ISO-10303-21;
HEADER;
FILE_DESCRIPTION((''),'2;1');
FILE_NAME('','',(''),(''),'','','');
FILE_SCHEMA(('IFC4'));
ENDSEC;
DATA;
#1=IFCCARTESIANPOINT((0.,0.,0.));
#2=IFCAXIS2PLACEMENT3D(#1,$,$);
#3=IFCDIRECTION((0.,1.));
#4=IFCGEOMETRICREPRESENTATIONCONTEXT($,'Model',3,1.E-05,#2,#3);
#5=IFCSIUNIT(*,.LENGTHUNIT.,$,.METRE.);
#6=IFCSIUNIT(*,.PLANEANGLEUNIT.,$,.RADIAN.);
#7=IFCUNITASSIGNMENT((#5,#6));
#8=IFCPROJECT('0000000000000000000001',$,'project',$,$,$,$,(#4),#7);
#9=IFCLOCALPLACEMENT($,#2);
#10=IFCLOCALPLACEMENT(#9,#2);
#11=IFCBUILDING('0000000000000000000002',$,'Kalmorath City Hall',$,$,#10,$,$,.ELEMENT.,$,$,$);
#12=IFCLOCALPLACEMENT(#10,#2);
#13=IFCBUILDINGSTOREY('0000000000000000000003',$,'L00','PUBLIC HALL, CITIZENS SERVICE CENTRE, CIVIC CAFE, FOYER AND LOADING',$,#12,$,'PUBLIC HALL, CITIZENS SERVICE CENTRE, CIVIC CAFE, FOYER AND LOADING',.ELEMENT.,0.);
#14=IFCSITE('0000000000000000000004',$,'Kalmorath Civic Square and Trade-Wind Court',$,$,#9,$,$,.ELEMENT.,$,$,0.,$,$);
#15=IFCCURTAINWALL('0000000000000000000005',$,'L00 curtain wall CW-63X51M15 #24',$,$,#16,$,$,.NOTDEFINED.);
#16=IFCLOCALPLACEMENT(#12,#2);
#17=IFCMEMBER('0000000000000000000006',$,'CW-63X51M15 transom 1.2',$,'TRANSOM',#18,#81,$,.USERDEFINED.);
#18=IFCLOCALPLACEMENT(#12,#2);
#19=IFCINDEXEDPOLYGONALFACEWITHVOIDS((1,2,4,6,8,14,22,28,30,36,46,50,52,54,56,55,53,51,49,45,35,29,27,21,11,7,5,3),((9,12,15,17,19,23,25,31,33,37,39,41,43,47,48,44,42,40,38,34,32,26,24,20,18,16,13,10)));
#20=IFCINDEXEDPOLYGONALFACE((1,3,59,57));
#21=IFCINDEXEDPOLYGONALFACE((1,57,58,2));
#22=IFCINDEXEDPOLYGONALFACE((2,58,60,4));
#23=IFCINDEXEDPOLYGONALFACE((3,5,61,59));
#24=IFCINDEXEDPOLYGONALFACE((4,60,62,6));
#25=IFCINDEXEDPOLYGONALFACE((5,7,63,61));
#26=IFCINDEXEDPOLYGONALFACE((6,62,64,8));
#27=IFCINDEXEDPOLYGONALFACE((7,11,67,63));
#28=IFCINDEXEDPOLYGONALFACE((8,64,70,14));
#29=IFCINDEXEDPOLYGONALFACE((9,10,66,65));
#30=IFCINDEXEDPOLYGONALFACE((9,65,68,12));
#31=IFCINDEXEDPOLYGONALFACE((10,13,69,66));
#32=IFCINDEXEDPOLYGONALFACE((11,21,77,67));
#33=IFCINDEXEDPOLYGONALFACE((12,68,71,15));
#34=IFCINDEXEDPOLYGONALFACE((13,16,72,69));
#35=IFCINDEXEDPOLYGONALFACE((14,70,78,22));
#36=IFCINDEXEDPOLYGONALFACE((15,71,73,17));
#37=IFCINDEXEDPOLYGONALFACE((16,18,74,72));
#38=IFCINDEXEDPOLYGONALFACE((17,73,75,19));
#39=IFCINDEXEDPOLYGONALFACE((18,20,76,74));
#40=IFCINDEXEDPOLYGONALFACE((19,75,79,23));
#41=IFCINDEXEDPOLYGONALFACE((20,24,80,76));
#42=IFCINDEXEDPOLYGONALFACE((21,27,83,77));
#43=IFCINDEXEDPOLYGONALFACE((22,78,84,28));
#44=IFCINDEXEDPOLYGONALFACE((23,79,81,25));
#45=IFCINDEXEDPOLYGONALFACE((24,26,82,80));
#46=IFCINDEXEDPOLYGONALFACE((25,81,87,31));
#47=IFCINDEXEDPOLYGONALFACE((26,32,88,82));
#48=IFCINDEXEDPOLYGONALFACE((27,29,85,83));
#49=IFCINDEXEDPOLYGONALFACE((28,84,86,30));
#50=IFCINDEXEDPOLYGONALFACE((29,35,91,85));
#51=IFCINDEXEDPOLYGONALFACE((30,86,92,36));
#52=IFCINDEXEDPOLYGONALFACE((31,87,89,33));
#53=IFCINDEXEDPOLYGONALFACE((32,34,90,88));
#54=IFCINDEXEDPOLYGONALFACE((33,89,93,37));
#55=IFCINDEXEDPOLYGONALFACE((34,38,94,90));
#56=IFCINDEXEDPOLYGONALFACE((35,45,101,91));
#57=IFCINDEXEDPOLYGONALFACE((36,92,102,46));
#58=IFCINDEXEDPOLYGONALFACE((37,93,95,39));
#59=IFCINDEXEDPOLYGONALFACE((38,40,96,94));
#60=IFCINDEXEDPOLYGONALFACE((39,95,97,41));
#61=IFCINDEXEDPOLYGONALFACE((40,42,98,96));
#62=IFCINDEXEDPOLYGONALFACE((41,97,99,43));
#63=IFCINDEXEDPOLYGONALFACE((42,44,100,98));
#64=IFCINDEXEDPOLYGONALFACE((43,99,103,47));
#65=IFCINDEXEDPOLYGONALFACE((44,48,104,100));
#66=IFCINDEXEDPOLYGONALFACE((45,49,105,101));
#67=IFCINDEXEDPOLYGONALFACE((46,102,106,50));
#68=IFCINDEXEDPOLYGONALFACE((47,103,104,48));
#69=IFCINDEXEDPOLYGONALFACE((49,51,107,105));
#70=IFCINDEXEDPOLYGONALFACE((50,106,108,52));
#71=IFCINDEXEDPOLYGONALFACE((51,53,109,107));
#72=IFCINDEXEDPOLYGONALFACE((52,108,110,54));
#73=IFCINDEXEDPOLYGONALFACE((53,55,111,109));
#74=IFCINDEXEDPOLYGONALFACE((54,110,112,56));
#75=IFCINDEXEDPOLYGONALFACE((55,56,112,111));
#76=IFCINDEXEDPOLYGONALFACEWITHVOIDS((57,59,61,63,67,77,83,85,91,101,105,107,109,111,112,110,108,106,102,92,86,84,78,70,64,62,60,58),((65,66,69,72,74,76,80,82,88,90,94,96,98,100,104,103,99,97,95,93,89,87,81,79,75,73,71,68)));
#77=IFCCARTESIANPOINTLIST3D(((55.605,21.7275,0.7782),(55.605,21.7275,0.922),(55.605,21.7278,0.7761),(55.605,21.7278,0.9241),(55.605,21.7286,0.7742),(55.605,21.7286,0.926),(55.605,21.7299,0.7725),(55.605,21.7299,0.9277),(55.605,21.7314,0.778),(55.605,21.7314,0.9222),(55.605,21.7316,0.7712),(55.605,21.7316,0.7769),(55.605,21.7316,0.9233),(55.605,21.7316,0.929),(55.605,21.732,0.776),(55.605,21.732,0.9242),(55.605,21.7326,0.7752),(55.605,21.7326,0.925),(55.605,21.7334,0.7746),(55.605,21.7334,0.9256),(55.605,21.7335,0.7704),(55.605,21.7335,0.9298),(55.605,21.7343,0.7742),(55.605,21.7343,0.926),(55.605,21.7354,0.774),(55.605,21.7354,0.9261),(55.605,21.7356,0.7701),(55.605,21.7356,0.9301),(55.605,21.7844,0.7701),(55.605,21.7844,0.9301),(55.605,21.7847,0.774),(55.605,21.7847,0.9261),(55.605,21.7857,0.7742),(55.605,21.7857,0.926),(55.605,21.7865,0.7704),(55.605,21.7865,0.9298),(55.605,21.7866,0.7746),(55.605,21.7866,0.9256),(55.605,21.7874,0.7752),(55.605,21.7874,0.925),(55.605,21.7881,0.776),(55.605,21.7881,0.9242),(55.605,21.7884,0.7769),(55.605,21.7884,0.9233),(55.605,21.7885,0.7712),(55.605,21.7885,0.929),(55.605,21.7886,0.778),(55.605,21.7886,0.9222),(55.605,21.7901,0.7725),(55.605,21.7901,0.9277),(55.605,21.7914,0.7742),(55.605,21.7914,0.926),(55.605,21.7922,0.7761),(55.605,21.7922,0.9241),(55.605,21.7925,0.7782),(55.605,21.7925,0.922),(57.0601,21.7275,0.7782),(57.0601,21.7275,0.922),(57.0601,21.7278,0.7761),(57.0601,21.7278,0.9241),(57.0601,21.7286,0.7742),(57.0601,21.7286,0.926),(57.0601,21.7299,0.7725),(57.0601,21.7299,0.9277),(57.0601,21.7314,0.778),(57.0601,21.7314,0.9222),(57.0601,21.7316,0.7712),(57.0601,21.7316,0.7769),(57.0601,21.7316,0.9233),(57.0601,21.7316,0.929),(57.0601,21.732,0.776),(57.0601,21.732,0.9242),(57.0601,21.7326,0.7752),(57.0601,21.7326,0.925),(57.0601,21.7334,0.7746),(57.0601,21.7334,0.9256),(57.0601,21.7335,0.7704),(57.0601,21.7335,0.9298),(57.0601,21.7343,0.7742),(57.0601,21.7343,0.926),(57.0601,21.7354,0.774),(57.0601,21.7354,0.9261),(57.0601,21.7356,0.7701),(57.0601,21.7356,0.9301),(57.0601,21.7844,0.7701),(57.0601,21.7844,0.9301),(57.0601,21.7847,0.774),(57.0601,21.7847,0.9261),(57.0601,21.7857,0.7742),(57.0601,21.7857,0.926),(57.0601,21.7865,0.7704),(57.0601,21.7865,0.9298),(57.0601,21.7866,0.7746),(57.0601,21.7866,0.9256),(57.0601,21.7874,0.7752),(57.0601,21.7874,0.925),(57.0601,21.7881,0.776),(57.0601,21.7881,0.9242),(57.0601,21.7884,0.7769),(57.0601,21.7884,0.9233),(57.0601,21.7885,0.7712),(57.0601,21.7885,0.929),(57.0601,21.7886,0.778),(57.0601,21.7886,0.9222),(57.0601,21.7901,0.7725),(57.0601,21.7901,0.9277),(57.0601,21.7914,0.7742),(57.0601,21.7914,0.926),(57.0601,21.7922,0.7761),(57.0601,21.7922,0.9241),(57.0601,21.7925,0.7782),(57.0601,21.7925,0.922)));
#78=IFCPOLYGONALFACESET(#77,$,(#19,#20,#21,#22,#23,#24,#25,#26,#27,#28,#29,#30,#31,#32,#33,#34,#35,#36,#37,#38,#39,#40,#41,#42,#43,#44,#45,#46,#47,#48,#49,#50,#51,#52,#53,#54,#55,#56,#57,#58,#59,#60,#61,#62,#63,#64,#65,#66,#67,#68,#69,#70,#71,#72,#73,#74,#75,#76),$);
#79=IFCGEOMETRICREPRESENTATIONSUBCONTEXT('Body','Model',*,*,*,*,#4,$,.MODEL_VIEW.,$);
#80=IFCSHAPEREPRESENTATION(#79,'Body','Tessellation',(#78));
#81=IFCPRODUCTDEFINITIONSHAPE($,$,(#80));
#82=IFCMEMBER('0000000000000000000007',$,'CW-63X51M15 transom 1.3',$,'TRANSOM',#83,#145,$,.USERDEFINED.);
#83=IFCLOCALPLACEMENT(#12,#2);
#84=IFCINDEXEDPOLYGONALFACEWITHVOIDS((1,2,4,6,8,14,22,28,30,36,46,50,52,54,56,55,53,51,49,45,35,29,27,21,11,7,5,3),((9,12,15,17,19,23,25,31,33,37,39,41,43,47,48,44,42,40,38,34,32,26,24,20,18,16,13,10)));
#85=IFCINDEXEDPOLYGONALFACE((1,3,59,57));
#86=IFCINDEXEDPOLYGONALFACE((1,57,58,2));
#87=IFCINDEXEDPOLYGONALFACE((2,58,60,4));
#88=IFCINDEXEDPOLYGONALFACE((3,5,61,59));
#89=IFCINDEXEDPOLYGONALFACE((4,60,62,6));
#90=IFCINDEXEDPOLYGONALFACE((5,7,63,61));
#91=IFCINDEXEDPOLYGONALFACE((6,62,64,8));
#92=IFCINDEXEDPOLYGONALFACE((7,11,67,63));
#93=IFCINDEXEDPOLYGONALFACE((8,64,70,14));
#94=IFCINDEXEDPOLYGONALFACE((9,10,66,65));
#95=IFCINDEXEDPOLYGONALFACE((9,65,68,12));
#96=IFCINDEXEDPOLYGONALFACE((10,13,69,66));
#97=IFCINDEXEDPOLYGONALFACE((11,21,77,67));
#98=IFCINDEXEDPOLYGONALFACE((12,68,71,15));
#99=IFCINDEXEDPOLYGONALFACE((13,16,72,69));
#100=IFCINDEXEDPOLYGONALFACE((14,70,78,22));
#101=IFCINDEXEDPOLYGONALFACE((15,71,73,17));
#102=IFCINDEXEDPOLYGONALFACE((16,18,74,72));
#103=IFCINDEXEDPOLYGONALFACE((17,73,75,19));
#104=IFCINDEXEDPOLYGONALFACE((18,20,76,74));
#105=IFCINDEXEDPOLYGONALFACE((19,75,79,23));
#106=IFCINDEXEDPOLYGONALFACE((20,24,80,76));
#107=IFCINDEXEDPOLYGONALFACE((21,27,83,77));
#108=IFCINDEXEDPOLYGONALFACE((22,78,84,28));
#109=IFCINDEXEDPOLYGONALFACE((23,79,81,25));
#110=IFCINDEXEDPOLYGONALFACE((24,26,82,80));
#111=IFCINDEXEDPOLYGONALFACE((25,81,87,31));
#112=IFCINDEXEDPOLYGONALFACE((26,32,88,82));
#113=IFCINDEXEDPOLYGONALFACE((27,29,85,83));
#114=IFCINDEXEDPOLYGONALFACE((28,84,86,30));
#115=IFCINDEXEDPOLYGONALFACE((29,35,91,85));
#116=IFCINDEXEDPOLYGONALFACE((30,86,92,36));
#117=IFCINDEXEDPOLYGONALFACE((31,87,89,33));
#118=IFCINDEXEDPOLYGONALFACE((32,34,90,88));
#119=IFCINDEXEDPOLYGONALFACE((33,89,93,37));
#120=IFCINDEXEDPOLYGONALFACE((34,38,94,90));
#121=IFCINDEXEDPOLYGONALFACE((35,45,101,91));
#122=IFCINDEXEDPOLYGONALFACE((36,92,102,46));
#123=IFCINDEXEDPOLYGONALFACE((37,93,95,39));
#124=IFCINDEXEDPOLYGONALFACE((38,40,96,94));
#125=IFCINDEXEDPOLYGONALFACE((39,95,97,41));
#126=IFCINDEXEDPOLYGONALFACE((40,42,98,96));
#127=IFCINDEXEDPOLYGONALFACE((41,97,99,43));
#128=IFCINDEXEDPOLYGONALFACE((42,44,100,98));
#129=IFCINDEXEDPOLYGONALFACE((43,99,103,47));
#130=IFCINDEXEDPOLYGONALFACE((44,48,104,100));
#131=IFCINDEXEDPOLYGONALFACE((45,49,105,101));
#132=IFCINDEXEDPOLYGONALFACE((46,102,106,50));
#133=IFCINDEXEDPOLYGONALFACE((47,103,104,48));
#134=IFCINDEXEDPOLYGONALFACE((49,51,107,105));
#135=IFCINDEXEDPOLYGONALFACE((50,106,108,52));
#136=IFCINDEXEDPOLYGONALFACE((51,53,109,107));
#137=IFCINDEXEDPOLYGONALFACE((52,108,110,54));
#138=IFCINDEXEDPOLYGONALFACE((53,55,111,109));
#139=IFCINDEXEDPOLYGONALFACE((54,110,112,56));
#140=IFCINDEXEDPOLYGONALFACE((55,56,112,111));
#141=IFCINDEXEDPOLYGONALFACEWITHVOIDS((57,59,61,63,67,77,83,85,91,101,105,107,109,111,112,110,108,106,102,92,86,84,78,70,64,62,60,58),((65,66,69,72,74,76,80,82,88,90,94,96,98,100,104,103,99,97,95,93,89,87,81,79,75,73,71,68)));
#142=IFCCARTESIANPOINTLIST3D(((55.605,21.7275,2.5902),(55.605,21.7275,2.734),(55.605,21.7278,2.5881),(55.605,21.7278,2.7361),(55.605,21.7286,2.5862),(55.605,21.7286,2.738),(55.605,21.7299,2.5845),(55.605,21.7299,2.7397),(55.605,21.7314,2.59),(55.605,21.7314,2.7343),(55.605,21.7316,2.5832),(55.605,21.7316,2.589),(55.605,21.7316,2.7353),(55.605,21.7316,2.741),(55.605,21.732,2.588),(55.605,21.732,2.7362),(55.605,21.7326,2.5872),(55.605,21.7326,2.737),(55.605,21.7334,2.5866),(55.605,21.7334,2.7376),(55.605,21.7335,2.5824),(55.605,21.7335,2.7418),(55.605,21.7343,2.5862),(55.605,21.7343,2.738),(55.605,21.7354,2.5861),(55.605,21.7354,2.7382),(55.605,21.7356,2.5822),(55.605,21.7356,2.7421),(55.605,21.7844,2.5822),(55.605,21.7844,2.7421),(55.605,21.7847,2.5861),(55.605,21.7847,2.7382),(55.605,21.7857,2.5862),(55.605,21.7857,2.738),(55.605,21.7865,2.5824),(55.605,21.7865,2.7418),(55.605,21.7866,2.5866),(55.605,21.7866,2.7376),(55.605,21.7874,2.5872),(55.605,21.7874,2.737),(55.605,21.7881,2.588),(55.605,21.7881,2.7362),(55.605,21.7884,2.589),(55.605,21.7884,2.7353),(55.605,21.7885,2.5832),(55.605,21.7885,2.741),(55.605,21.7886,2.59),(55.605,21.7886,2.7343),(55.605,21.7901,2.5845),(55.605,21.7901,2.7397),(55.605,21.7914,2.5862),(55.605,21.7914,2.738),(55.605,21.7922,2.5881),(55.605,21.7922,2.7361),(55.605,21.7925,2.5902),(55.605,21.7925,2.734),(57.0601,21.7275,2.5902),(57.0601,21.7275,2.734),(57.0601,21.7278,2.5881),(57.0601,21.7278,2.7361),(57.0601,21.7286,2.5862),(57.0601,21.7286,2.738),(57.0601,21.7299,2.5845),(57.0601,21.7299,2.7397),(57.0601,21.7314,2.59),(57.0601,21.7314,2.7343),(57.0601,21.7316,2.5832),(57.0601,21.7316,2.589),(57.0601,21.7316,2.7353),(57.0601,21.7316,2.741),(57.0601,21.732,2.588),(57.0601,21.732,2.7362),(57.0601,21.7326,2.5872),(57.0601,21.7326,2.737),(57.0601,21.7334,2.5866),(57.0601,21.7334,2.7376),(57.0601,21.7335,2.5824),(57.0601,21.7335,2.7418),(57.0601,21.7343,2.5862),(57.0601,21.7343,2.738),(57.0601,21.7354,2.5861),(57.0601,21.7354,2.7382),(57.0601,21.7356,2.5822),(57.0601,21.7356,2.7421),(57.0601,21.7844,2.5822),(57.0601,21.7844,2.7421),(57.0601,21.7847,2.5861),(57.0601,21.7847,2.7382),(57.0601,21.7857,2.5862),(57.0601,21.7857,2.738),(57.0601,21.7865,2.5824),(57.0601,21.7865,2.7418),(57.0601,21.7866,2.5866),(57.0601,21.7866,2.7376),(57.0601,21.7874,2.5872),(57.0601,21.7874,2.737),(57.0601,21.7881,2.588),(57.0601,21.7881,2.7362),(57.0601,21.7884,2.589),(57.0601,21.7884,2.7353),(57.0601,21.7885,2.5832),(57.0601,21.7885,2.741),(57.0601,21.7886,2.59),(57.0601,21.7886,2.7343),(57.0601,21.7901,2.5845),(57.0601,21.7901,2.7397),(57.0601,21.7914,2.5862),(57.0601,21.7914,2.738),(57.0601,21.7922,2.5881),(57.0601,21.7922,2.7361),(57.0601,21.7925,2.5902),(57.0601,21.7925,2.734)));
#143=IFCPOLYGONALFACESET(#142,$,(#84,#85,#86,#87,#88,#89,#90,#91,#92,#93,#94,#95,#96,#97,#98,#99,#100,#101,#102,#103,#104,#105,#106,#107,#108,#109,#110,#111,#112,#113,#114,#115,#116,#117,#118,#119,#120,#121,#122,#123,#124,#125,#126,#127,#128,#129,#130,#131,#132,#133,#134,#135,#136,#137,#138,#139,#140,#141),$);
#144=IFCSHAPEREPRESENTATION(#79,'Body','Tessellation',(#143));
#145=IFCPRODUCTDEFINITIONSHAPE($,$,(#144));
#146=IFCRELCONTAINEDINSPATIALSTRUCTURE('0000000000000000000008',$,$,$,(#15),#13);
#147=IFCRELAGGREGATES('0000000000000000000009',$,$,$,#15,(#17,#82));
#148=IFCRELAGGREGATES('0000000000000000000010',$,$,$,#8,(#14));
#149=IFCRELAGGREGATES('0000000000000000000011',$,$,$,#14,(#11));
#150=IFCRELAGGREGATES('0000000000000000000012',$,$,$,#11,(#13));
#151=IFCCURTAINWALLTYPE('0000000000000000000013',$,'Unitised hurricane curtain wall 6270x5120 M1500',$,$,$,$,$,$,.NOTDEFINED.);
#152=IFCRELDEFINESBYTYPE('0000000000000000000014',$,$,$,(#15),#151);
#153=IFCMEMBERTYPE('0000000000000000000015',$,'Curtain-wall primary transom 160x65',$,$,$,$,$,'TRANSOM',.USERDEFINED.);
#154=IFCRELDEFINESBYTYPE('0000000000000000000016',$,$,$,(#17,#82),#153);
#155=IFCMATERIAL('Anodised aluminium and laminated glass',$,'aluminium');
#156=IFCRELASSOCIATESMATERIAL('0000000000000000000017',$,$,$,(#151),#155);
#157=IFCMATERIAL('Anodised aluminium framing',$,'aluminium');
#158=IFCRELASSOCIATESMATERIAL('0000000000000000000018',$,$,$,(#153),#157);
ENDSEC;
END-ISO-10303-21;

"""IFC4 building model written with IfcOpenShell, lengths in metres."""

from ifc_helpers import new_model, si_unit, direction, frame, origin, origin_2d, place, context, subcontext, project, spatial, hollow_rectangle, extrude, material, material_profile, profile_set, type_object, element, aggregate, save


model = new_model("IFC4")

# Units and contexts
model_context = context("Model", 3, precision=1e-05, world=origin(), true_north=direction((0.0, 1.0)))
body_context = subcontext(model_context, "Body", "Model", "MODEL_VIEW")
ifc_project = project(units=[si_unit("LENGTHUNIT", "METRE"), si_unit("PLANEANGLEUNIT", "RADIAN")], contexts=[model_context])

# Site, building, storey
site_placement = place(None, origin())
site = spatial("IfcSite", under=ifc_project, at=site_placement, Name="Kalmorath Civic Square and Trade-Wind Court", CompositionType="ELEMENT", RefElevation=0.0)
building_placement = place(site_placement, origin())
building = spatial("IfcBuilding", under=site, at=building_placement, Name="Kalmorath City Hall", CompositionType="ELEMENT")
storey_placement = place(building_placement, origin())
storey = spatial("IfcBuildingStorey", under=building, at=storey_placement, Name="L00", Description="PUBLIC HALL, CITIZENS SERVICE CENTRE, CIVIC CAFE, FOYER AND LOADING", LongName="PUBLIC HALL, CITIZENS SERVICE CENTRE, CIVIC CAFE, FOYER AND LOADING", CompositionType="ELEMENT", Elevation=0.0)

# Curtain wall, members
ifc_material_1 = material(Name="Anodised aluminium and laminated glass", Category="aluminium")
curtain_wall_type = type_object("IfcCurtainWallType", Name="Unitised hurricane curtain wall 6270x5120 M1500", PredefinedType="NOTDEFINED", material=ifc_material_1)
curtain_wall_placement = place(storey_placement, origin())
curtain_wall = element("IfcCurtainWall", 1, at=curtain_wall_placement, inside=storey, type_object=curtain_wall_type, Name="L00 curtain wall CW-63X51M15 #24", PredefinedType="NOTDEFINED")
ifc_material_2 = material(Name="Anodised aluminium framing", Category="aluminium")
ifc_material_profile_1 = material_profile(ifc_material_2, hollow_rectangle(XDim=0.0649, YDim=0.1599, WallThickness=0.0039, InnerFilletRadius=0.0039, OuterFilletRadius=0.0081, at=origin_2d()), Name="ALU-TRN-160X65X4")
ifc_profile_set_1 = profile_set([ifc_material_profile_1], Name="Anodised aluminium framing")
member_type_1 = type_object("IfcMemberType", Name="Curtain-wall primary transom 160x65", ElementType="TRANSOM", PredefinedType="USERDEFINED", material=ifc_profile_set_1)
member_1_placement = place(storey_placement, frame((57.0601, 21.76, 0.8501), z_axis=(-1.0, 0.0, 0.0), x_axis=(0.0, -1.0, 0.0)))
member_1 = element("IfcMember", 2, at=member_1_placement, type_object=member_type_1, Name="CW-63X51M15 transom 1.2", ObjectType="TRANSOM", PredefinedType="USERDEFINED", context=body_context, shape_type="SweptSolid", body=[
    extrude(hollow_rectangle(XDim=0.0649, YDim=0.1599, WallThickness=0.0039, InnerFilletRadius=0.0039, OuterFilletRadius=0.0081, at=origin_2d()), origin(), (0.0, 0.0, 1.0), 1.4551),
])
member_2_placement = place(storey_placement, frame((57.0601, 21.76, 2.6621), z_axis=(-1.0, 0.0, 0.0), x_axis=(0.0, -1.0, 0.0)))
member_2 = element("IfcMember", 3, at=member_2_placement, type_object=member_type_1, Name="CW-63X51M15 transom 1.3", ObjectType="TRANSOM", PredefinedType="USERDEFINED", context=body_context, shape_type="SweptSolid", body=[
    extrude(hollow_rectangle(XDim=0.0649, YDim=0.1599, WallThickness=0.0039, InnerFilletRadius=0.0039, OuterFilletRadius=0.0081, at=origin_2d()), origin(), (0.0, 0.0, 1.0), 1.4551),
])

aggregate(curtain_wall, [member_1, member_2])

save(model, "model.ifc")
